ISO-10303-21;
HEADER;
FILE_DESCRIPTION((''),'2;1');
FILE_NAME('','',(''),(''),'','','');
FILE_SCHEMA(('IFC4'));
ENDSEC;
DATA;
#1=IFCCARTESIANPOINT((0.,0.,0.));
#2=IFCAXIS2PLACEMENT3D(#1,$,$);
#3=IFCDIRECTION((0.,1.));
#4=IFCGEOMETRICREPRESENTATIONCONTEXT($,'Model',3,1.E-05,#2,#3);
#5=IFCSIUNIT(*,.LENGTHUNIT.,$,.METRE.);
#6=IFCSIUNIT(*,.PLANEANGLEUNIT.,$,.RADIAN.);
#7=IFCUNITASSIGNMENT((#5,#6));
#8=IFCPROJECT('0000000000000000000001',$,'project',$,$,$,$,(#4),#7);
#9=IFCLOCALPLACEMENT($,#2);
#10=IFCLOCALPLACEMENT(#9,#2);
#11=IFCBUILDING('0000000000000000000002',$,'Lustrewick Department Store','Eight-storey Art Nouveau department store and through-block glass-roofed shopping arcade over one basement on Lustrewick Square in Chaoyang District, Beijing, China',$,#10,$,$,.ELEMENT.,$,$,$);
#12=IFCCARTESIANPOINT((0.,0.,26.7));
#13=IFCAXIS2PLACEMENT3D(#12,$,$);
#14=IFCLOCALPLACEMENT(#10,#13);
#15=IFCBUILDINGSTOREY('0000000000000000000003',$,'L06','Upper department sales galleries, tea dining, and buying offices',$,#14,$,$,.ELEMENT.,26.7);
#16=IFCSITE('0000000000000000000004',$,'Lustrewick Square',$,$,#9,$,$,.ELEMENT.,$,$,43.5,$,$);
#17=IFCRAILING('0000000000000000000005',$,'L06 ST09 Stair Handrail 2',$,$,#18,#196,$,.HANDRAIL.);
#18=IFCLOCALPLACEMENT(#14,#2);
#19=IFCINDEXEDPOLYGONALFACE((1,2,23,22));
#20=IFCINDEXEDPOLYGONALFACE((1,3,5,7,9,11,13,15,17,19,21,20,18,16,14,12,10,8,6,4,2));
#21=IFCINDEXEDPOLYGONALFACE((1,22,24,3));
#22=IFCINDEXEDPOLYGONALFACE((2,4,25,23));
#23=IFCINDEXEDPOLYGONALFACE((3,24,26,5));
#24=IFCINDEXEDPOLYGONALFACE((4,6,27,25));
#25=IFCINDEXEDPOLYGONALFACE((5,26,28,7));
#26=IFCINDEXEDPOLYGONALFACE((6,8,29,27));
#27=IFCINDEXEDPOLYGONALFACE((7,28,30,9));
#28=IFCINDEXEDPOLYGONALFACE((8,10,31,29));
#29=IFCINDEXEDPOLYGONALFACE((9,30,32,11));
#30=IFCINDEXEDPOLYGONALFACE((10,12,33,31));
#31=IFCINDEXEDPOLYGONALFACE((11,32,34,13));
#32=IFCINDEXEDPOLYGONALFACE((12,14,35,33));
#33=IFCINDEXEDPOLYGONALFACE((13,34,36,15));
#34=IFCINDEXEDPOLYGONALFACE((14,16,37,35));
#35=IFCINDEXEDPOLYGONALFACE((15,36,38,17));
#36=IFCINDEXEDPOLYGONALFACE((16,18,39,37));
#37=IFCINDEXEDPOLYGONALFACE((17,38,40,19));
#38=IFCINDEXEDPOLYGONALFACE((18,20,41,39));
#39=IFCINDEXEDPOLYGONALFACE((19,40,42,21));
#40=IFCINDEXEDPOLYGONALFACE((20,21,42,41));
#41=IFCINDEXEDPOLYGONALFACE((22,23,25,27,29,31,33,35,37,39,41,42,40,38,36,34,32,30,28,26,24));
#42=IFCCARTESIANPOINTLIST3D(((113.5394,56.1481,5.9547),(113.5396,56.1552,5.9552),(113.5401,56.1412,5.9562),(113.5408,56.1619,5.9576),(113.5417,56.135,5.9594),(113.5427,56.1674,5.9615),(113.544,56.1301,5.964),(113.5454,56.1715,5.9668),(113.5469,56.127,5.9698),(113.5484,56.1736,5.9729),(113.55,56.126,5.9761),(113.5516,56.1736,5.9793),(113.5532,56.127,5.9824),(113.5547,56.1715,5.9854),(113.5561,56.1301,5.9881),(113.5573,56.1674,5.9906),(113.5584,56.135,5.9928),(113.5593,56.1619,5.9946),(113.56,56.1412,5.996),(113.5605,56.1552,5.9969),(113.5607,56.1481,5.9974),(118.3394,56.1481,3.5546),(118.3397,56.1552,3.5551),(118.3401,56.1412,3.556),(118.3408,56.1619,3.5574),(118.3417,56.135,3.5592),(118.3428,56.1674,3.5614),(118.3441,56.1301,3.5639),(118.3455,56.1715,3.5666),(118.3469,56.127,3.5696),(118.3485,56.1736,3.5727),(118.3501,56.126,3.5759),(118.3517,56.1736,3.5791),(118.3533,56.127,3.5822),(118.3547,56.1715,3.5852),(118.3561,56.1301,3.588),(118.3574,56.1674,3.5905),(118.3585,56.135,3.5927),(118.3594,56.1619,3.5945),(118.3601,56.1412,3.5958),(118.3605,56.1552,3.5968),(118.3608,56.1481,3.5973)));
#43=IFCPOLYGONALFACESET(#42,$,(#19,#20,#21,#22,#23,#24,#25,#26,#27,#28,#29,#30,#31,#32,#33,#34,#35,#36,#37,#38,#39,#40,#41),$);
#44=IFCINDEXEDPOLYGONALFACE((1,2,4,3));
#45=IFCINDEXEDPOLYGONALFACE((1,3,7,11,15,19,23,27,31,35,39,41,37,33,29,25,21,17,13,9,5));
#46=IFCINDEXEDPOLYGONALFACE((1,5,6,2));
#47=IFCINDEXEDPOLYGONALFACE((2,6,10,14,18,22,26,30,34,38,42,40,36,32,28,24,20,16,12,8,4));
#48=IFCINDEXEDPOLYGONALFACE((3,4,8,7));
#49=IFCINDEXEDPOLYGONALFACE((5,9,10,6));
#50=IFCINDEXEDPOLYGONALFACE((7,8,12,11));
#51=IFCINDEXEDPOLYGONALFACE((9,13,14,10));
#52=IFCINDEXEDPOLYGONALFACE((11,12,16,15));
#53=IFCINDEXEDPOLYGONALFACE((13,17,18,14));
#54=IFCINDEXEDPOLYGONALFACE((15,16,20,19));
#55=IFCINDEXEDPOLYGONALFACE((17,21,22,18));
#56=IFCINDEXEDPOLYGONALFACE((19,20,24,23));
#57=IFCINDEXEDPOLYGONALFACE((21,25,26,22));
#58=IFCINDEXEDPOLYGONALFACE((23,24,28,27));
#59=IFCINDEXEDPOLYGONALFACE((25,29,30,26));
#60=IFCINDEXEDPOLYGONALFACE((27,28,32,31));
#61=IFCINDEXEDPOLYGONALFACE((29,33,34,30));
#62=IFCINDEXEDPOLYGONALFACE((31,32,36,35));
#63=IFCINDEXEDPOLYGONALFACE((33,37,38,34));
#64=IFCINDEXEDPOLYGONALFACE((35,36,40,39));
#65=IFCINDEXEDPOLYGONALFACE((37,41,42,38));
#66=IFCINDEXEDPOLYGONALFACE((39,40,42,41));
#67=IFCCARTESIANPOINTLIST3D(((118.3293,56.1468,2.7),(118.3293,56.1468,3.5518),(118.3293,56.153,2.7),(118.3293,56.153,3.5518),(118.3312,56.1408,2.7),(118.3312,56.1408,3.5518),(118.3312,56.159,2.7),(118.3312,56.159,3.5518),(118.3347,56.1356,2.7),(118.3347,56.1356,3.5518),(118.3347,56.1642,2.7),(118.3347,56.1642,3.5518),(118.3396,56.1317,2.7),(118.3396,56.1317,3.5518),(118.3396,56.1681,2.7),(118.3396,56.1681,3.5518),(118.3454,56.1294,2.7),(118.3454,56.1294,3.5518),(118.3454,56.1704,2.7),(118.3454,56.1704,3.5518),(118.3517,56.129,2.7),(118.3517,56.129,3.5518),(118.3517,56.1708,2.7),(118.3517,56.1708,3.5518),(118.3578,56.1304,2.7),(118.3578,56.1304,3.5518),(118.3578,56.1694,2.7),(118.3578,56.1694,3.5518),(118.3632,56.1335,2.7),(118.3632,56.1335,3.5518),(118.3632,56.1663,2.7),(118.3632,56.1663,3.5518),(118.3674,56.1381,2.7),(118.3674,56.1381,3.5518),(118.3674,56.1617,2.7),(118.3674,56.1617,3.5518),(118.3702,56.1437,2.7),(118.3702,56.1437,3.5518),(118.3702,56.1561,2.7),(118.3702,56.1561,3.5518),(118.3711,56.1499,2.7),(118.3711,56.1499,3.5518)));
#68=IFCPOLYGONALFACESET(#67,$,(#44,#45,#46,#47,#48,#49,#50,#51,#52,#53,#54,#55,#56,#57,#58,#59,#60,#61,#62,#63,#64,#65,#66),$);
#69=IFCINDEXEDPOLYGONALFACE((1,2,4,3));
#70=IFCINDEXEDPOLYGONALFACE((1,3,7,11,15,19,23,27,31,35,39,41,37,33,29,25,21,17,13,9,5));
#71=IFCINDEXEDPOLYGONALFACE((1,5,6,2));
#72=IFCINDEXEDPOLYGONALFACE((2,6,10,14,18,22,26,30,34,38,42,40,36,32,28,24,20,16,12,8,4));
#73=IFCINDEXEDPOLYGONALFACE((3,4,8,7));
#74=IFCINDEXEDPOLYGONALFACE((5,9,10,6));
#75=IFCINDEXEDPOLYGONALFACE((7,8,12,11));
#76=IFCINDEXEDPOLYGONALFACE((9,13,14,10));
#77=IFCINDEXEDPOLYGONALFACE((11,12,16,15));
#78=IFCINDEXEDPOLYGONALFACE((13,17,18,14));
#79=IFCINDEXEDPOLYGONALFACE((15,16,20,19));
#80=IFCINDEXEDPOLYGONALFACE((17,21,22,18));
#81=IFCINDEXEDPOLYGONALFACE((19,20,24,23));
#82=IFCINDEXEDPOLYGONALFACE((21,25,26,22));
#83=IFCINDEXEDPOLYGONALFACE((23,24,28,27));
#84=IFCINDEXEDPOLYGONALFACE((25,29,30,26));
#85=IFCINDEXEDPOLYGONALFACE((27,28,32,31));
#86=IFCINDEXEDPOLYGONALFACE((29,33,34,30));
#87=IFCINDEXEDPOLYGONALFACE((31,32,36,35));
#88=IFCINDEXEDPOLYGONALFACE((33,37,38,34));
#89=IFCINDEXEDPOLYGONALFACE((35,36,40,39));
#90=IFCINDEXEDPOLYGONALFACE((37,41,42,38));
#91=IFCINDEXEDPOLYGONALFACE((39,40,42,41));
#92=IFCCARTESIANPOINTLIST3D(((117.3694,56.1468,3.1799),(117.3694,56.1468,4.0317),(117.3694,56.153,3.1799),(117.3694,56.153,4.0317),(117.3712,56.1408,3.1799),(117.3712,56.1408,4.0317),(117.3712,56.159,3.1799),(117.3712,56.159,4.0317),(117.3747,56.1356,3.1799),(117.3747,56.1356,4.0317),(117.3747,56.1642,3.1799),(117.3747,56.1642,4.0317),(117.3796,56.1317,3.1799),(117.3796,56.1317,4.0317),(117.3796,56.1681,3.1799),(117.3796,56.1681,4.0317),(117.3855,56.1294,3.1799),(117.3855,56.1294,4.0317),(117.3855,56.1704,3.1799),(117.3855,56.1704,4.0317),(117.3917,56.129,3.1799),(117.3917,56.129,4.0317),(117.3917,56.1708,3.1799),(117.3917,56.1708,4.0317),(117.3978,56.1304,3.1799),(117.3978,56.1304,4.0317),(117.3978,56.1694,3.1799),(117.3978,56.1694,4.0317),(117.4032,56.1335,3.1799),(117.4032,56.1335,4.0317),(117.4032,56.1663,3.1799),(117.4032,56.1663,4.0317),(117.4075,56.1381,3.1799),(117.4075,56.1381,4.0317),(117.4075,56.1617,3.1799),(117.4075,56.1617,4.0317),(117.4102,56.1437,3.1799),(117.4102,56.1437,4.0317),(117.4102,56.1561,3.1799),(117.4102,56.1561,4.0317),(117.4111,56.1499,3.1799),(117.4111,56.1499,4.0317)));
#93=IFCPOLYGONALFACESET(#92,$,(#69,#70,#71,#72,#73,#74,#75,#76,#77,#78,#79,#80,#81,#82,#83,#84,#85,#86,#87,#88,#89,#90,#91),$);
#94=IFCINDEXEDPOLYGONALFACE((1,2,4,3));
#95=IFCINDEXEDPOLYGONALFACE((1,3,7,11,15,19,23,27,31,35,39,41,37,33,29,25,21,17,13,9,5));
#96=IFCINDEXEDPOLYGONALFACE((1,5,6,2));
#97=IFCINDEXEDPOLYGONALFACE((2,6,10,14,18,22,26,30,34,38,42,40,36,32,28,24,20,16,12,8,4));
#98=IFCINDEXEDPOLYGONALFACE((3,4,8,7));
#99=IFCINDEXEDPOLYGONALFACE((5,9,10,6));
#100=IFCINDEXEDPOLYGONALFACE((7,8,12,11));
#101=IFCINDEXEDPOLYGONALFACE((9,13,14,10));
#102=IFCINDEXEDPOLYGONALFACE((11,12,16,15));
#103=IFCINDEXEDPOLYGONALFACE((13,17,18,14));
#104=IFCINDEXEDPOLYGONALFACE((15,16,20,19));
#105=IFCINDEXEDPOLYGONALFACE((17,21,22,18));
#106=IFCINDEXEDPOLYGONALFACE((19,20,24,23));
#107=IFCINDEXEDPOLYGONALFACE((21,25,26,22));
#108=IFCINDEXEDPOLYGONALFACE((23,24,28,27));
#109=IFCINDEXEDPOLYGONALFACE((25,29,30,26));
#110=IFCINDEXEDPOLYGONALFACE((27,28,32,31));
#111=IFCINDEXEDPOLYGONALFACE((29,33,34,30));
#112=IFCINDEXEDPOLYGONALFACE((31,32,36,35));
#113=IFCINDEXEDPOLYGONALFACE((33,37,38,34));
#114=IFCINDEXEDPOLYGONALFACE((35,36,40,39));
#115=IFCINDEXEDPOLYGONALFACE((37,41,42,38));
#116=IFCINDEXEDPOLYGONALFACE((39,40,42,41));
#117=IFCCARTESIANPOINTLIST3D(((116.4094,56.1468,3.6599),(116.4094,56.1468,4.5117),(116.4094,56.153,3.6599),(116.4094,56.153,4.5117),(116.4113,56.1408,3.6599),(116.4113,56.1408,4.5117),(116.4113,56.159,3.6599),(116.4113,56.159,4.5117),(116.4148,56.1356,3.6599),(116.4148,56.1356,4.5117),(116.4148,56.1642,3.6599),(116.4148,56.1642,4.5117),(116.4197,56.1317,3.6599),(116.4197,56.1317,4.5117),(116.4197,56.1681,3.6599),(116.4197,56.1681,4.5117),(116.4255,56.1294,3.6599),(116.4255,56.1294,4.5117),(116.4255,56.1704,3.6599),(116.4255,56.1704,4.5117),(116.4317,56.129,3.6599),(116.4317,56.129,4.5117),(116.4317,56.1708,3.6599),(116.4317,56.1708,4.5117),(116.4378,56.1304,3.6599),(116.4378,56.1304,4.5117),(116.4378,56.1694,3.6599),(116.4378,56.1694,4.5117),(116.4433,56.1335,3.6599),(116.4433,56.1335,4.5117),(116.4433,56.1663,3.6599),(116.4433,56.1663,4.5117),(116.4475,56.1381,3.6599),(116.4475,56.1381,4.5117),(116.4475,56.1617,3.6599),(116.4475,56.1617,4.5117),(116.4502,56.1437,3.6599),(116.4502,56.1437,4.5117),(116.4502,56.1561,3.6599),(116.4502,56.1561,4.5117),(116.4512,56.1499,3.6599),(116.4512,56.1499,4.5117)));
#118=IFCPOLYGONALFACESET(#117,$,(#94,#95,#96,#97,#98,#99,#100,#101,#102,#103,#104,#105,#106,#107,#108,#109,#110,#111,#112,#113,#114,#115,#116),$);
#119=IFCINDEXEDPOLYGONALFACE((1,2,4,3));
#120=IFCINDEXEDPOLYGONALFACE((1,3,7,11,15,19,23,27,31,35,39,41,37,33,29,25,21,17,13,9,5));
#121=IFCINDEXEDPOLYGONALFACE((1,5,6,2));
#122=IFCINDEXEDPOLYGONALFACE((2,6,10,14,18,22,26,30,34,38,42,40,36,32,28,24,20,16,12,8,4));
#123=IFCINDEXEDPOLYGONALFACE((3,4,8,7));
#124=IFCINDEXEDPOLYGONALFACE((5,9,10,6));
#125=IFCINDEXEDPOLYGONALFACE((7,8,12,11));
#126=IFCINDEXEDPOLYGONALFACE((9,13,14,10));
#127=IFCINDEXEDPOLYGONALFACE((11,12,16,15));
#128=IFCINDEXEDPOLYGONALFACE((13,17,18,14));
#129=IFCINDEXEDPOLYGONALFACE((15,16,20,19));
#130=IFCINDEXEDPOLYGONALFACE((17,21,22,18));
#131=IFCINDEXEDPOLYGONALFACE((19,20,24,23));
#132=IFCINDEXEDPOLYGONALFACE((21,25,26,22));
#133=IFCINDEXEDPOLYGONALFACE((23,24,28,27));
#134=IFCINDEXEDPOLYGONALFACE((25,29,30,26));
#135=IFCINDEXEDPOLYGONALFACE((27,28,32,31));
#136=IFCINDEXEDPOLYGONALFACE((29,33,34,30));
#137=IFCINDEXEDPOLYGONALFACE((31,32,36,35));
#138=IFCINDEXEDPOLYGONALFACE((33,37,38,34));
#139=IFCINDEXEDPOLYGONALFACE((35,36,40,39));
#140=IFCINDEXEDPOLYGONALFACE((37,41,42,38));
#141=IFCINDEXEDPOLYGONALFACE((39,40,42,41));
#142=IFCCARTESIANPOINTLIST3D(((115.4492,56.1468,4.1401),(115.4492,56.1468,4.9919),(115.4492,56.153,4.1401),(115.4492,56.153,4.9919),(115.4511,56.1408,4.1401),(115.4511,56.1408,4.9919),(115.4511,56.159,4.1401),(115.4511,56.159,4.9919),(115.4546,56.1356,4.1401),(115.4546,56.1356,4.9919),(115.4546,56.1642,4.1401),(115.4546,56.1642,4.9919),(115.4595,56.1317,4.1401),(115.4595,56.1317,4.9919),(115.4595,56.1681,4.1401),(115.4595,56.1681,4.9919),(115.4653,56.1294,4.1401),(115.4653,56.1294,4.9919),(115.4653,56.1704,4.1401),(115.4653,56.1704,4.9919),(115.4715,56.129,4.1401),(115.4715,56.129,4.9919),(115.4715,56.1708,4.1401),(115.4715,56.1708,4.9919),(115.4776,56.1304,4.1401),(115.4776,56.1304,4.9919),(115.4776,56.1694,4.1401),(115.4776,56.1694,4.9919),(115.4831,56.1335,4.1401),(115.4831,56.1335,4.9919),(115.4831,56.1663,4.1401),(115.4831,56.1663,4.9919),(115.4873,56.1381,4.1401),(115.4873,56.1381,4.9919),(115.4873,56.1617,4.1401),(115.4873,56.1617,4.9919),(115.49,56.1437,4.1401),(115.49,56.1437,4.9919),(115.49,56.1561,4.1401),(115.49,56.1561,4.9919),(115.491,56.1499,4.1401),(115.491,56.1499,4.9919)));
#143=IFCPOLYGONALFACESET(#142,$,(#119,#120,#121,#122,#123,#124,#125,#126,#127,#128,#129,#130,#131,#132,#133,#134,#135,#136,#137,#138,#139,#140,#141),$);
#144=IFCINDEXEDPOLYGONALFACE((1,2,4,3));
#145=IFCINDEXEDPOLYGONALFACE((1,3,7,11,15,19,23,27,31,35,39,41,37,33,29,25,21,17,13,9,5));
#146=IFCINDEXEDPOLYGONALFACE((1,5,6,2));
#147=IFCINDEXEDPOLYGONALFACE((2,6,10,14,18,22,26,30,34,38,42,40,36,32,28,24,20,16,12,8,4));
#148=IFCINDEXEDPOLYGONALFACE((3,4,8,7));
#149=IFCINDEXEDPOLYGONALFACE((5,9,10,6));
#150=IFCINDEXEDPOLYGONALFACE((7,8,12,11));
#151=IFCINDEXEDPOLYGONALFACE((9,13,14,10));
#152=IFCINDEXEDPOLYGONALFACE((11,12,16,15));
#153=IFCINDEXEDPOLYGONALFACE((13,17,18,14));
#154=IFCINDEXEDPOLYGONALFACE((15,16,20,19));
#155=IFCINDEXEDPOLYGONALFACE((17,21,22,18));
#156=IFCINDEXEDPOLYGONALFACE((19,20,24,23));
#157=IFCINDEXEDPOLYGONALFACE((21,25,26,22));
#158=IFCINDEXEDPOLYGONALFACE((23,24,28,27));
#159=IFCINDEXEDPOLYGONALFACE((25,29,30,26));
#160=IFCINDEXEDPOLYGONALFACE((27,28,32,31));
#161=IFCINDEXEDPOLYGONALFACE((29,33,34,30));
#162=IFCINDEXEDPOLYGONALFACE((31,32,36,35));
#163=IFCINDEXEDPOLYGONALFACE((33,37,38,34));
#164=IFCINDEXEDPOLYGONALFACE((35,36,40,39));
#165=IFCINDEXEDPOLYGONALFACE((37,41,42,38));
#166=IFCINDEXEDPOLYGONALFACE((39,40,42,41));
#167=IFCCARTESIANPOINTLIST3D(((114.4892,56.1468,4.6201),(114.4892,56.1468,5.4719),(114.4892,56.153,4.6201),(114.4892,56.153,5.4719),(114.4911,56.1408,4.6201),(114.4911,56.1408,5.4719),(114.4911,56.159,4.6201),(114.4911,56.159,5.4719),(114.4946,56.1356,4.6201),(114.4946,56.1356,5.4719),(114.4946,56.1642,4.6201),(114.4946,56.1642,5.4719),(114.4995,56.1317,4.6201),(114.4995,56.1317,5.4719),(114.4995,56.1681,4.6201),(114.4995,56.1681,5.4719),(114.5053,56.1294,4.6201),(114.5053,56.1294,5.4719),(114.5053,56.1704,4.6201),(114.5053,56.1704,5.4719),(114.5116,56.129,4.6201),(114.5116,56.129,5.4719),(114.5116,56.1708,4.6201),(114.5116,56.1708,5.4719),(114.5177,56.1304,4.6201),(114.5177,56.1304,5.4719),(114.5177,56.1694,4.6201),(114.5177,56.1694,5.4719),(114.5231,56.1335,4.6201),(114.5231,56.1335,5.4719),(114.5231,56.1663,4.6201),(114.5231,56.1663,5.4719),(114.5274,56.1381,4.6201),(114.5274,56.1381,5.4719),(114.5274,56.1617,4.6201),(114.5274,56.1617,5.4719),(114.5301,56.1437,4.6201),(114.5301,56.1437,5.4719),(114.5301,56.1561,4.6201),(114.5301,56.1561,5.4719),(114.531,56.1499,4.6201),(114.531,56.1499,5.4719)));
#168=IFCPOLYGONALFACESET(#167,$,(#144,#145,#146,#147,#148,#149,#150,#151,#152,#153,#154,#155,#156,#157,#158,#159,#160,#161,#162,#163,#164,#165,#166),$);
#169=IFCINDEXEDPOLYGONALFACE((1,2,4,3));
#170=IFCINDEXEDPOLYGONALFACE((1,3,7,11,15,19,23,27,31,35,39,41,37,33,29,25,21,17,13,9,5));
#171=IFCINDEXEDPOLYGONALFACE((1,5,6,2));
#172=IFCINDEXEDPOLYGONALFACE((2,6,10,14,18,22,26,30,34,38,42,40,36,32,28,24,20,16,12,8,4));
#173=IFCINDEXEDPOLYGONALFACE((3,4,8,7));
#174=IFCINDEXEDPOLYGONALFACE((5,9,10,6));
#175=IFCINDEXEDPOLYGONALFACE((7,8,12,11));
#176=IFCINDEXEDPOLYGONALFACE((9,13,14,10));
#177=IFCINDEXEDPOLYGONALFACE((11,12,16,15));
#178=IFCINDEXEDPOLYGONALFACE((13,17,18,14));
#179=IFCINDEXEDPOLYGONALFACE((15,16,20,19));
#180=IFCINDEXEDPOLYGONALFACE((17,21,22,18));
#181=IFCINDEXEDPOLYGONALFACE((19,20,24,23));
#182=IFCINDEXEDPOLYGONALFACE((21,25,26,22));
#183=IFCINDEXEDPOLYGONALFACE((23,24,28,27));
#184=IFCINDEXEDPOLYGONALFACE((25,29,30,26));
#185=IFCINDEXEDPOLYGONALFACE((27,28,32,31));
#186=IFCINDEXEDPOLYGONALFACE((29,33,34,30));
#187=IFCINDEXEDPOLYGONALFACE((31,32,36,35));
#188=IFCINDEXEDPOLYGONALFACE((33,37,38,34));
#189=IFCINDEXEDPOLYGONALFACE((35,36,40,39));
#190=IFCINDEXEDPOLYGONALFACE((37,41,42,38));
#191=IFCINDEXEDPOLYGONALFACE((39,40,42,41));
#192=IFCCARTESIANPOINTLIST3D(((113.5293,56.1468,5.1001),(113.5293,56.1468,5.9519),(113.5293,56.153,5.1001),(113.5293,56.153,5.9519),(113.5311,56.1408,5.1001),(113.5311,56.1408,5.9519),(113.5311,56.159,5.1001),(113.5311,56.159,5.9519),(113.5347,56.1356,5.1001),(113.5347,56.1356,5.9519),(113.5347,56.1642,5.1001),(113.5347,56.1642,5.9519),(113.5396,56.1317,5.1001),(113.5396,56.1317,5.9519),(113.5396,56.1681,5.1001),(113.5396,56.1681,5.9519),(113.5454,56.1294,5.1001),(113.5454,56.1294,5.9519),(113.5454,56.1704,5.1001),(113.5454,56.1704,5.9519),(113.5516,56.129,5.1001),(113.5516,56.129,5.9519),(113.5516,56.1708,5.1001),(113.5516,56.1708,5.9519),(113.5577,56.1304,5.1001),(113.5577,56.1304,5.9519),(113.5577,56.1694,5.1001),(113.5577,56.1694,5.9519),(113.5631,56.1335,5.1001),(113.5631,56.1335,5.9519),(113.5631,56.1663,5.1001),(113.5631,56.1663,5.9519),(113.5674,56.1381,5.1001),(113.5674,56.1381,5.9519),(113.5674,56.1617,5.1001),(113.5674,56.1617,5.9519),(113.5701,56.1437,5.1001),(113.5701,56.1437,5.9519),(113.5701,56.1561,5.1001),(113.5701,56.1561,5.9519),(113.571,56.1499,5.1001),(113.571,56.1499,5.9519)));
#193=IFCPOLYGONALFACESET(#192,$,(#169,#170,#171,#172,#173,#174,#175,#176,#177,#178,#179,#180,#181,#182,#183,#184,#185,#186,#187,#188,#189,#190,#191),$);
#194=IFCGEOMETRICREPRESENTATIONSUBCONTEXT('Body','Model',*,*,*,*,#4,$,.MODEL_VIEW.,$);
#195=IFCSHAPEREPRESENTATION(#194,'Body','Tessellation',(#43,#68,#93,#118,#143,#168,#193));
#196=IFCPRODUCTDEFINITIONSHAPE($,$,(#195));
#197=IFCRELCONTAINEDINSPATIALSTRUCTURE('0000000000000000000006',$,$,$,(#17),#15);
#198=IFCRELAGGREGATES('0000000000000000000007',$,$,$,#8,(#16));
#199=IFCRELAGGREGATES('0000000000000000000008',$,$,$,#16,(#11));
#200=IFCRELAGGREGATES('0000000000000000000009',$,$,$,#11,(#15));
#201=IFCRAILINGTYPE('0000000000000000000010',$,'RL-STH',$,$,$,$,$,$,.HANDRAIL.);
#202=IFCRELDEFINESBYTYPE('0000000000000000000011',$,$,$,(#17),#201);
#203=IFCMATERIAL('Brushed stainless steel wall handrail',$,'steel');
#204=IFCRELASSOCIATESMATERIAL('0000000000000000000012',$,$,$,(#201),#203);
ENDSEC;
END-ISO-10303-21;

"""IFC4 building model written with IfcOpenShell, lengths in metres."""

from ifc_helpers import new_model, si_unit, direction, frame, origin, origin_2d, place, context, subcontext, project, spatial, circle, extrude, material, type_object, element, save


model = new_model("IFC4")

# Units and contexts
model_context = context("Model", 3, precision=1e-05, world=origin(), true_north=direction((0.0, 1.0)))
body_context = subcontext(model_context, "Body", "Model", "MODEL_VIEW")
ifc_project = project(units=[si_unit("LENGTHUNIT", "METRE"), si_unit("PLANEANGLEUNIT", "RADIAN")], contexts=[model_context])

# Site, building, storey
site_placement = place(None, origin())
site = spatial("IfcSite", under=ifc_project, at=site_placement, Name="Lustrewick Square", CompositionType="ELEMENT", RefElevation=43.5)
building_placement = place(site_placement, origin())
building = spatial("IfcBuilding", under=site, at=building_placement, Name="Lustrewick Department Store", Description="Eight-storey Art Nouveau department store and through-block glass-roofed shopping arcade over one basement on Lustrewick Square in Chaoyang District, Beijing, China", CompositionType="ELEMENT")
storey_placement = place(building_placement, frame((0.0, 0.0, 26.7)))
storey = spatial("IfcBuildingStorey", under=building, at=storey_placement, Name="L06", Description="Upper department sales galleries, tea dining, and buying offices", CompositionType="ELEMENT", Elevation=26.7)

# Railing
ifc_material_1 = material(Name="Brushed stainless steel wall handrail", Category="steel")
railing_type_1 = type_object("IfcRailingType", Name="RL-STH", PredefinedType="HANDRAIL", material=ifc_material_1)
railing_1_placement = place(storey_placement, frame((118.3501, 56.1499, 2.7)))
element("IfcRailing", 1, at=railing_1_placement, inside=storey, type_object=railing_type_1, Name="L06 ST09 Stair Handrail 2", PredefinedType="HANDRAIL", context=body_context, shape_type="SweptSolid", body=[
    extrude(circle(Radius=0.0239, at=origin_2d()), frame((0.0, 0.0, 0.876), z_axis=(-0.894418, 0.0, 0.447232), x_axis=(0.0, -1.0, 0.0)), (0.0, 0.0, 1.0), 5.3667),
    extrude(circle(Radius=0.021, at=origin_2d()), origin(), (0.0, 0.0, 1.0), 0.8518),
    extrude(circle(Radius=0.021, at=origin_2d()), frame((-0.96, 0.0, 0.48)), (0.0, 0.0, 1.0), 0.8518),
    extrude(circle(Radius=0.021, at=origin_2d()), frame((-1.9199, 0.0, 0.96)), (0.0, 0.0, 1.0), 0.8518),
    extrude(circle(Radius=0.021, at=origin_2d()), frame((-2.8801, 0.0, 1.4402)), (0.0, 0.0, 1.0), 0.8518),
    extrude(circle(Radius=0.021, at=origin_2d()), frame((-3.8401, 0.0, 1.9202)), (0.0, 0.0, 1.0), 0.8518),
    extrude(circle(Radius=0.021, at=origin_2d()), frame((-4.8, 0.0, 2.4001)), (0.0, 0.0, 1.0), 0.8518),
])

save(model, "model.ifc")
